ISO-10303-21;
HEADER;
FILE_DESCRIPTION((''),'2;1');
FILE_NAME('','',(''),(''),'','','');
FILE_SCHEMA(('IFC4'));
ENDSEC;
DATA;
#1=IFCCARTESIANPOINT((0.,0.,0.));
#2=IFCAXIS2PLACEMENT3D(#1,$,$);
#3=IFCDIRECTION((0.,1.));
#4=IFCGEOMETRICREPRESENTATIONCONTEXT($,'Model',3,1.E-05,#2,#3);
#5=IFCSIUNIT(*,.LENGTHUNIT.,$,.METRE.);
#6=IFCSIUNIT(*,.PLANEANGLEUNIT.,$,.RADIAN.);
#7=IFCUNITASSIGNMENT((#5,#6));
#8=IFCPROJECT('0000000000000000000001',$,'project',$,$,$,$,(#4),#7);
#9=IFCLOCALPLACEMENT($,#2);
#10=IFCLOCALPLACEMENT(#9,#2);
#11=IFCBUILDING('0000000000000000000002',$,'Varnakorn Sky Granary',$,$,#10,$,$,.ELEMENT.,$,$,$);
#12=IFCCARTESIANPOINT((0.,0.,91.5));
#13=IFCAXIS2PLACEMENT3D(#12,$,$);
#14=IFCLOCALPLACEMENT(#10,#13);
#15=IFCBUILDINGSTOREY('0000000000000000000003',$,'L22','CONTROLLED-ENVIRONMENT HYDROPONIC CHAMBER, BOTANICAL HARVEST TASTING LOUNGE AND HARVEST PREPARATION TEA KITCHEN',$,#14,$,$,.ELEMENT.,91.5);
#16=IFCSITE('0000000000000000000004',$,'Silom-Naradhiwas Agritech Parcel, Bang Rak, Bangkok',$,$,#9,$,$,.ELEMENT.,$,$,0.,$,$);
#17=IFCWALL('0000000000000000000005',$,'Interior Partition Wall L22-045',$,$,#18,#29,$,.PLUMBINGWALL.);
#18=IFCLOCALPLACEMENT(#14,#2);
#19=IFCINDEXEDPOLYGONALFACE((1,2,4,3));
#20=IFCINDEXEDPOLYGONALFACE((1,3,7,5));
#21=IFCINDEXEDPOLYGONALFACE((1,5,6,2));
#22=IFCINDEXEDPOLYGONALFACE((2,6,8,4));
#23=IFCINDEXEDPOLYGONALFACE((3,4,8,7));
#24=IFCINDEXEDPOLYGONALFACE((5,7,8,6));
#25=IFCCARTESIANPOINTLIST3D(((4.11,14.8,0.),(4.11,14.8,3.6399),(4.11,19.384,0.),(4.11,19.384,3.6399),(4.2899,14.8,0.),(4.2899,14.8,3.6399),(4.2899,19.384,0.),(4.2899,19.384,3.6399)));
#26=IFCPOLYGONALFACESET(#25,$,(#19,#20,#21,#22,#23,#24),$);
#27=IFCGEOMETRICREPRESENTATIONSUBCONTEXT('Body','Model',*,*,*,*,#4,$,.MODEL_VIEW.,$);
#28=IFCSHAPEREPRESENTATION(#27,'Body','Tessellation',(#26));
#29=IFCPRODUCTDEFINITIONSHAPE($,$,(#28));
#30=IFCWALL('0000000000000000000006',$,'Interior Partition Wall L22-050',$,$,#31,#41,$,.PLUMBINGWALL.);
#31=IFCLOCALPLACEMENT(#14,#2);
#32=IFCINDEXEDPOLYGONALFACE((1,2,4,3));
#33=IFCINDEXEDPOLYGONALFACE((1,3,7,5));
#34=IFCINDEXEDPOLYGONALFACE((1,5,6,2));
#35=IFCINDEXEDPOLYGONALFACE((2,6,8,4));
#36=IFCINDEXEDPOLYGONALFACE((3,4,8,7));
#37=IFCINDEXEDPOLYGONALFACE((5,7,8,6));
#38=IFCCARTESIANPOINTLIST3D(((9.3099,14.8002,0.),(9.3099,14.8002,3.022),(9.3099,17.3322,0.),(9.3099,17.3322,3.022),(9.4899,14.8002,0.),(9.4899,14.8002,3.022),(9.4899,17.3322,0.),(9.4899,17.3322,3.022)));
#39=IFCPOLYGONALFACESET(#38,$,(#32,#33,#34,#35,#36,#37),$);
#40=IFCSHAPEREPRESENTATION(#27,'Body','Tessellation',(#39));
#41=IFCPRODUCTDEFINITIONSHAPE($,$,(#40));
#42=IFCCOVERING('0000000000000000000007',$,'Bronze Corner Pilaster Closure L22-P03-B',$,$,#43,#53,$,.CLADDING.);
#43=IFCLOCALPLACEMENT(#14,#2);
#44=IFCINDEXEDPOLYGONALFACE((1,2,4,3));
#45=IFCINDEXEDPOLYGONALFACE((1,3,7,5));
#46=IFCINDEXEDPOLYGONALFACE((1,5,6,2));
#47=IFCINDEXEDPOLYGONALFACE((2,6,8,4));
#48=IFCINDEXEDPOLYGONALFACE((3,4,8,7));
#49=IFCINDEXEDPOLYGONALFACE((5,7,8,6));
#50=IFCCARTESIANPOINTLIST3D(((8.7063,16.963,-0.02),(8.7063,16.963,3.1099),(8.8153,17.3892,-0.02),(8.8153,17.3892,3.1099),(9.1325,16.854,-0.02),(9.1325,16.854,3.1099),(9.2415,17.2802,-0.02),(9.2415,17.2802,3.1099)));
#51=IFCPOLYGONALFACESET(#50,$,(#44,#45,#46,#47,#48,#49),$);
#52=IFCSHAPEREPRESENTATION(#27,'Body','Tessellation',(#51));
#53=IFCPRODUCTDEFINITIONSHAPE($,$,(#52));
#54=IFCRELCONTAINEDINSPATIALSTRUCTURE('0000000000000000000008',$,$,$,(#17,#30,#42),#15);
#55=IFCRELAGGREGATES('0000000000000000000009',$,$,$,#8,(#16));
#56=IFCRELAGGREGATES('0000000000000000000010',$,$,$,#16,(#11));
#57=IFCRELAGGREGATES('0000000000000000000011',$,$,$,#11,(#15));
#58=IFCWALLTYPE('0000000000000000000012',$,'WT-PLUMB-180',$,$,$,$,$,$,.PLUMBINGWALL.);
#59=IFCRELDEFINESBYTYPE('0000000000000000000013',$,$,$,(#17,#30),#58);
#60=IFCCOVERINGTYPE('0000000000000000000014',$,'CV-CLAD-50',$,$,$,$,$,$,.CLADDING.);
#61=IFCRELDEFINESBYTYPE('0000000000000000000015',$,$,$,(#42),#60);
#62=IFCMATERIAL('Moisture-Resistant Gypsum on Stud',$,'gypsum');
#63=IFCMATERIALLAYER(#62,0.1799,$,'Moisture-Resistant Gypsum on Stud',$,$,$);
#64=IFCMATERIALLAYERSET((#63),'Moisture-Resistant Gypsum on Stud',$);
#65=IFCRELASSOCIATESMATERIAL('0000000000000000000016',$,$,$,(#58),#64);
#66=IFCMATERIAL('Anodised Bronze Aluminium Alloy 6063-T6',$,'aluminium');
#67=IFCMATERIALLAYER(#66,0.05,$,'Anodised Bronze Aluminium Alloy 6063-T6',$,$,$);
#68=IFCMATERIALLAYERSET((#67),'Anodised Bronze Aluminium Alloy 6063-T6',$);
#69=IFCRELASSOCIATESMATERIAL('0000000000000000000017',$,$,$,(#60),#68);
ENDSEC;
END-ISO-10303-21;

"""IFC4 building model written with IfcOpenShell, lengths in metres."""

from ifc_helpers import new_model, si_unit, direction, frame, frame_2d, origin, origin_2d, place, context, subcontext, project, spatial, rectangle, extrude, source, transform, mapped, material, layer, layer_set, type_object, type_shapes, element, save


model = new_model("IFC4")

# Units and contexts
model_context = context("Model", 3, precision=1e-05, world=origin(), true_north=direction((0.0, 1.0)))
body_context = subcontext(model_context, "Body", "Model", "MODEL_VIEW")
ifc_project = project(units=[si_unit("LENGTHUNIT", "METRE"), si_unit("PLANEANGLEUNIT", "RADIAN")], contexts=[model_context])

# Site, building, storey
site_placement = place(None, origin())
site = spatial("IfcSite", under=ifc_project, at=site_placement, Name="Silom-Naradhiwas Agritech Parcel, Bang Rak, Bangkok", CompositionType="ELEMENT", RefElevation=0.0)
building_placement = place(site_placement, origin())
building = spatial("IfcBuilding", under=site, at=building_placement, Name="Varnakorn Sky Granary", CompositionType="ELEMENT")
storey_placement = place(building_placement, frame((0.0, 0.0, 91.5)))
storey = spatial("IfcBuildingStorey", under=building, at=storey_placement, Name="L22", Description="CONTROLLED-ENVIRONMENT HYDROPONIC CHAMBER, BOTANICAL HARVEST TASTING LOUNGE AND HARVEST PREPARATION TEA KITCHEN", CompositionType="ELEMENT", Elevation=91.5)

# Shared definitions
ifc_material_1 = material(Name="Anodised Bronze Aluminium Alloy 6063-T6", Category="aluminium")

# Shared definitions
ifc_material_2 = material(Name="Moisture-Resistant Gypsum on Stud", Category="gypsum")
ifc_layer_1 = layer(ifc_material_2, 0.1799, Name="Moisture-Resistant Gypsum on Stud")
ifc_layer_set_1 = layer_set([ifc_layer_1], Name="Moisture-Resistant Gypsum on Stud")
wall_type_1 = type_object("IfcWallType", Name="WT-PLUMB-180", PredefinedType="PLUMBINGWALL", material=ifc_layer_set_1)

# Walls
wall_1_placement = place(storey_placement, frame((4.2, 19.384, 0.0), z_axis=(0.0, 0.0, 1.0), x_axis=(0.0, -1.0, 0.0)))
element("IfcWall", 1, at=wall_1_placement, inside=storey, type_object=wall_type_1, Name="Interior Partition Wall L22-045", PredefinedType="PLUMBINGWALL", context=body_context, shape_type="SweptSolid", body=[
    extrude(rectangle(XDim=4.584, YDim=0.1799, at=frame_2d((2.292, 0.0))), origin(), (0.0, 0.0, 1.0), 3.6399),
])
wall_2_placement = place(storey_placement, frame((9.3999, 14.8, 0.0), z_axis=(0.0, 0.0, 1.0), x_axis=(0.0, 1.0, 0.0)))
element("IfcWall", 2, at=wall_2_placement, inside=storey, type_object=wall_type_1, Name="Interior Partition Wall L22-050", PredefinedType="PLUMBINGWALL", context=body_context, shape_type="SweptSolid", body=[
    extrude(rectangle(XDim=2.532, YDim=0.1799, at=frame_2d((1.2661, 0.0))), origin(), (0.0, 0.0, 1.0), 3.022),
])

# Covering
ifc_layer_2 = layer(ifc_material_1, 0.05, Name="Anodised Bronze Aluminium Alloy 6063-T6")
ifc_layer_set_2 = layer_set([ifc_layer_2], Name="Anodised Bronze Aluminium Alloy 6063-T6")
covering_type = type_object("IfcCoveringType", Name="CV-CLAD-50", PredefinedType="CLADDING", material=ifc_layer_set_2)
shared_shape = source(origin(), body_context, "Body", "SweptSolid", [
    extrude(rectangle(XDim=0.4399, YDim=0.4399, at=origin_2d()), origin(), (0.0, 0.0, 1.0), 3.1299),
])
type_shapes(covering_type, [shared_shape])
covering_placement = place(storey_placement, frame((8.9739, 17.1216, -0.02), z_axis=(0.0, 0.0, 1.0), x_axis=(0.9688, -0.247845, 0.0)))
element("IfcCovering", 3, at=covering_placement, inside=storey, type_object=covering_type, Name="Bronze Corner Pilaster Closure L22-P03-B", PredefinedType="CLADDING", context=body_context, shape_type="MappedRepresentation", body=[
    mapped(shared_shape, transform((0.0, 0.0, 0.0), x_axis=(1.0, 0.0, 0.0), y_axis=(0.0, 1.0, 0.0), z_axis=(0.0, 0.0, 1.0), scale=1.0)),
])

save(model, "model.ifc")
